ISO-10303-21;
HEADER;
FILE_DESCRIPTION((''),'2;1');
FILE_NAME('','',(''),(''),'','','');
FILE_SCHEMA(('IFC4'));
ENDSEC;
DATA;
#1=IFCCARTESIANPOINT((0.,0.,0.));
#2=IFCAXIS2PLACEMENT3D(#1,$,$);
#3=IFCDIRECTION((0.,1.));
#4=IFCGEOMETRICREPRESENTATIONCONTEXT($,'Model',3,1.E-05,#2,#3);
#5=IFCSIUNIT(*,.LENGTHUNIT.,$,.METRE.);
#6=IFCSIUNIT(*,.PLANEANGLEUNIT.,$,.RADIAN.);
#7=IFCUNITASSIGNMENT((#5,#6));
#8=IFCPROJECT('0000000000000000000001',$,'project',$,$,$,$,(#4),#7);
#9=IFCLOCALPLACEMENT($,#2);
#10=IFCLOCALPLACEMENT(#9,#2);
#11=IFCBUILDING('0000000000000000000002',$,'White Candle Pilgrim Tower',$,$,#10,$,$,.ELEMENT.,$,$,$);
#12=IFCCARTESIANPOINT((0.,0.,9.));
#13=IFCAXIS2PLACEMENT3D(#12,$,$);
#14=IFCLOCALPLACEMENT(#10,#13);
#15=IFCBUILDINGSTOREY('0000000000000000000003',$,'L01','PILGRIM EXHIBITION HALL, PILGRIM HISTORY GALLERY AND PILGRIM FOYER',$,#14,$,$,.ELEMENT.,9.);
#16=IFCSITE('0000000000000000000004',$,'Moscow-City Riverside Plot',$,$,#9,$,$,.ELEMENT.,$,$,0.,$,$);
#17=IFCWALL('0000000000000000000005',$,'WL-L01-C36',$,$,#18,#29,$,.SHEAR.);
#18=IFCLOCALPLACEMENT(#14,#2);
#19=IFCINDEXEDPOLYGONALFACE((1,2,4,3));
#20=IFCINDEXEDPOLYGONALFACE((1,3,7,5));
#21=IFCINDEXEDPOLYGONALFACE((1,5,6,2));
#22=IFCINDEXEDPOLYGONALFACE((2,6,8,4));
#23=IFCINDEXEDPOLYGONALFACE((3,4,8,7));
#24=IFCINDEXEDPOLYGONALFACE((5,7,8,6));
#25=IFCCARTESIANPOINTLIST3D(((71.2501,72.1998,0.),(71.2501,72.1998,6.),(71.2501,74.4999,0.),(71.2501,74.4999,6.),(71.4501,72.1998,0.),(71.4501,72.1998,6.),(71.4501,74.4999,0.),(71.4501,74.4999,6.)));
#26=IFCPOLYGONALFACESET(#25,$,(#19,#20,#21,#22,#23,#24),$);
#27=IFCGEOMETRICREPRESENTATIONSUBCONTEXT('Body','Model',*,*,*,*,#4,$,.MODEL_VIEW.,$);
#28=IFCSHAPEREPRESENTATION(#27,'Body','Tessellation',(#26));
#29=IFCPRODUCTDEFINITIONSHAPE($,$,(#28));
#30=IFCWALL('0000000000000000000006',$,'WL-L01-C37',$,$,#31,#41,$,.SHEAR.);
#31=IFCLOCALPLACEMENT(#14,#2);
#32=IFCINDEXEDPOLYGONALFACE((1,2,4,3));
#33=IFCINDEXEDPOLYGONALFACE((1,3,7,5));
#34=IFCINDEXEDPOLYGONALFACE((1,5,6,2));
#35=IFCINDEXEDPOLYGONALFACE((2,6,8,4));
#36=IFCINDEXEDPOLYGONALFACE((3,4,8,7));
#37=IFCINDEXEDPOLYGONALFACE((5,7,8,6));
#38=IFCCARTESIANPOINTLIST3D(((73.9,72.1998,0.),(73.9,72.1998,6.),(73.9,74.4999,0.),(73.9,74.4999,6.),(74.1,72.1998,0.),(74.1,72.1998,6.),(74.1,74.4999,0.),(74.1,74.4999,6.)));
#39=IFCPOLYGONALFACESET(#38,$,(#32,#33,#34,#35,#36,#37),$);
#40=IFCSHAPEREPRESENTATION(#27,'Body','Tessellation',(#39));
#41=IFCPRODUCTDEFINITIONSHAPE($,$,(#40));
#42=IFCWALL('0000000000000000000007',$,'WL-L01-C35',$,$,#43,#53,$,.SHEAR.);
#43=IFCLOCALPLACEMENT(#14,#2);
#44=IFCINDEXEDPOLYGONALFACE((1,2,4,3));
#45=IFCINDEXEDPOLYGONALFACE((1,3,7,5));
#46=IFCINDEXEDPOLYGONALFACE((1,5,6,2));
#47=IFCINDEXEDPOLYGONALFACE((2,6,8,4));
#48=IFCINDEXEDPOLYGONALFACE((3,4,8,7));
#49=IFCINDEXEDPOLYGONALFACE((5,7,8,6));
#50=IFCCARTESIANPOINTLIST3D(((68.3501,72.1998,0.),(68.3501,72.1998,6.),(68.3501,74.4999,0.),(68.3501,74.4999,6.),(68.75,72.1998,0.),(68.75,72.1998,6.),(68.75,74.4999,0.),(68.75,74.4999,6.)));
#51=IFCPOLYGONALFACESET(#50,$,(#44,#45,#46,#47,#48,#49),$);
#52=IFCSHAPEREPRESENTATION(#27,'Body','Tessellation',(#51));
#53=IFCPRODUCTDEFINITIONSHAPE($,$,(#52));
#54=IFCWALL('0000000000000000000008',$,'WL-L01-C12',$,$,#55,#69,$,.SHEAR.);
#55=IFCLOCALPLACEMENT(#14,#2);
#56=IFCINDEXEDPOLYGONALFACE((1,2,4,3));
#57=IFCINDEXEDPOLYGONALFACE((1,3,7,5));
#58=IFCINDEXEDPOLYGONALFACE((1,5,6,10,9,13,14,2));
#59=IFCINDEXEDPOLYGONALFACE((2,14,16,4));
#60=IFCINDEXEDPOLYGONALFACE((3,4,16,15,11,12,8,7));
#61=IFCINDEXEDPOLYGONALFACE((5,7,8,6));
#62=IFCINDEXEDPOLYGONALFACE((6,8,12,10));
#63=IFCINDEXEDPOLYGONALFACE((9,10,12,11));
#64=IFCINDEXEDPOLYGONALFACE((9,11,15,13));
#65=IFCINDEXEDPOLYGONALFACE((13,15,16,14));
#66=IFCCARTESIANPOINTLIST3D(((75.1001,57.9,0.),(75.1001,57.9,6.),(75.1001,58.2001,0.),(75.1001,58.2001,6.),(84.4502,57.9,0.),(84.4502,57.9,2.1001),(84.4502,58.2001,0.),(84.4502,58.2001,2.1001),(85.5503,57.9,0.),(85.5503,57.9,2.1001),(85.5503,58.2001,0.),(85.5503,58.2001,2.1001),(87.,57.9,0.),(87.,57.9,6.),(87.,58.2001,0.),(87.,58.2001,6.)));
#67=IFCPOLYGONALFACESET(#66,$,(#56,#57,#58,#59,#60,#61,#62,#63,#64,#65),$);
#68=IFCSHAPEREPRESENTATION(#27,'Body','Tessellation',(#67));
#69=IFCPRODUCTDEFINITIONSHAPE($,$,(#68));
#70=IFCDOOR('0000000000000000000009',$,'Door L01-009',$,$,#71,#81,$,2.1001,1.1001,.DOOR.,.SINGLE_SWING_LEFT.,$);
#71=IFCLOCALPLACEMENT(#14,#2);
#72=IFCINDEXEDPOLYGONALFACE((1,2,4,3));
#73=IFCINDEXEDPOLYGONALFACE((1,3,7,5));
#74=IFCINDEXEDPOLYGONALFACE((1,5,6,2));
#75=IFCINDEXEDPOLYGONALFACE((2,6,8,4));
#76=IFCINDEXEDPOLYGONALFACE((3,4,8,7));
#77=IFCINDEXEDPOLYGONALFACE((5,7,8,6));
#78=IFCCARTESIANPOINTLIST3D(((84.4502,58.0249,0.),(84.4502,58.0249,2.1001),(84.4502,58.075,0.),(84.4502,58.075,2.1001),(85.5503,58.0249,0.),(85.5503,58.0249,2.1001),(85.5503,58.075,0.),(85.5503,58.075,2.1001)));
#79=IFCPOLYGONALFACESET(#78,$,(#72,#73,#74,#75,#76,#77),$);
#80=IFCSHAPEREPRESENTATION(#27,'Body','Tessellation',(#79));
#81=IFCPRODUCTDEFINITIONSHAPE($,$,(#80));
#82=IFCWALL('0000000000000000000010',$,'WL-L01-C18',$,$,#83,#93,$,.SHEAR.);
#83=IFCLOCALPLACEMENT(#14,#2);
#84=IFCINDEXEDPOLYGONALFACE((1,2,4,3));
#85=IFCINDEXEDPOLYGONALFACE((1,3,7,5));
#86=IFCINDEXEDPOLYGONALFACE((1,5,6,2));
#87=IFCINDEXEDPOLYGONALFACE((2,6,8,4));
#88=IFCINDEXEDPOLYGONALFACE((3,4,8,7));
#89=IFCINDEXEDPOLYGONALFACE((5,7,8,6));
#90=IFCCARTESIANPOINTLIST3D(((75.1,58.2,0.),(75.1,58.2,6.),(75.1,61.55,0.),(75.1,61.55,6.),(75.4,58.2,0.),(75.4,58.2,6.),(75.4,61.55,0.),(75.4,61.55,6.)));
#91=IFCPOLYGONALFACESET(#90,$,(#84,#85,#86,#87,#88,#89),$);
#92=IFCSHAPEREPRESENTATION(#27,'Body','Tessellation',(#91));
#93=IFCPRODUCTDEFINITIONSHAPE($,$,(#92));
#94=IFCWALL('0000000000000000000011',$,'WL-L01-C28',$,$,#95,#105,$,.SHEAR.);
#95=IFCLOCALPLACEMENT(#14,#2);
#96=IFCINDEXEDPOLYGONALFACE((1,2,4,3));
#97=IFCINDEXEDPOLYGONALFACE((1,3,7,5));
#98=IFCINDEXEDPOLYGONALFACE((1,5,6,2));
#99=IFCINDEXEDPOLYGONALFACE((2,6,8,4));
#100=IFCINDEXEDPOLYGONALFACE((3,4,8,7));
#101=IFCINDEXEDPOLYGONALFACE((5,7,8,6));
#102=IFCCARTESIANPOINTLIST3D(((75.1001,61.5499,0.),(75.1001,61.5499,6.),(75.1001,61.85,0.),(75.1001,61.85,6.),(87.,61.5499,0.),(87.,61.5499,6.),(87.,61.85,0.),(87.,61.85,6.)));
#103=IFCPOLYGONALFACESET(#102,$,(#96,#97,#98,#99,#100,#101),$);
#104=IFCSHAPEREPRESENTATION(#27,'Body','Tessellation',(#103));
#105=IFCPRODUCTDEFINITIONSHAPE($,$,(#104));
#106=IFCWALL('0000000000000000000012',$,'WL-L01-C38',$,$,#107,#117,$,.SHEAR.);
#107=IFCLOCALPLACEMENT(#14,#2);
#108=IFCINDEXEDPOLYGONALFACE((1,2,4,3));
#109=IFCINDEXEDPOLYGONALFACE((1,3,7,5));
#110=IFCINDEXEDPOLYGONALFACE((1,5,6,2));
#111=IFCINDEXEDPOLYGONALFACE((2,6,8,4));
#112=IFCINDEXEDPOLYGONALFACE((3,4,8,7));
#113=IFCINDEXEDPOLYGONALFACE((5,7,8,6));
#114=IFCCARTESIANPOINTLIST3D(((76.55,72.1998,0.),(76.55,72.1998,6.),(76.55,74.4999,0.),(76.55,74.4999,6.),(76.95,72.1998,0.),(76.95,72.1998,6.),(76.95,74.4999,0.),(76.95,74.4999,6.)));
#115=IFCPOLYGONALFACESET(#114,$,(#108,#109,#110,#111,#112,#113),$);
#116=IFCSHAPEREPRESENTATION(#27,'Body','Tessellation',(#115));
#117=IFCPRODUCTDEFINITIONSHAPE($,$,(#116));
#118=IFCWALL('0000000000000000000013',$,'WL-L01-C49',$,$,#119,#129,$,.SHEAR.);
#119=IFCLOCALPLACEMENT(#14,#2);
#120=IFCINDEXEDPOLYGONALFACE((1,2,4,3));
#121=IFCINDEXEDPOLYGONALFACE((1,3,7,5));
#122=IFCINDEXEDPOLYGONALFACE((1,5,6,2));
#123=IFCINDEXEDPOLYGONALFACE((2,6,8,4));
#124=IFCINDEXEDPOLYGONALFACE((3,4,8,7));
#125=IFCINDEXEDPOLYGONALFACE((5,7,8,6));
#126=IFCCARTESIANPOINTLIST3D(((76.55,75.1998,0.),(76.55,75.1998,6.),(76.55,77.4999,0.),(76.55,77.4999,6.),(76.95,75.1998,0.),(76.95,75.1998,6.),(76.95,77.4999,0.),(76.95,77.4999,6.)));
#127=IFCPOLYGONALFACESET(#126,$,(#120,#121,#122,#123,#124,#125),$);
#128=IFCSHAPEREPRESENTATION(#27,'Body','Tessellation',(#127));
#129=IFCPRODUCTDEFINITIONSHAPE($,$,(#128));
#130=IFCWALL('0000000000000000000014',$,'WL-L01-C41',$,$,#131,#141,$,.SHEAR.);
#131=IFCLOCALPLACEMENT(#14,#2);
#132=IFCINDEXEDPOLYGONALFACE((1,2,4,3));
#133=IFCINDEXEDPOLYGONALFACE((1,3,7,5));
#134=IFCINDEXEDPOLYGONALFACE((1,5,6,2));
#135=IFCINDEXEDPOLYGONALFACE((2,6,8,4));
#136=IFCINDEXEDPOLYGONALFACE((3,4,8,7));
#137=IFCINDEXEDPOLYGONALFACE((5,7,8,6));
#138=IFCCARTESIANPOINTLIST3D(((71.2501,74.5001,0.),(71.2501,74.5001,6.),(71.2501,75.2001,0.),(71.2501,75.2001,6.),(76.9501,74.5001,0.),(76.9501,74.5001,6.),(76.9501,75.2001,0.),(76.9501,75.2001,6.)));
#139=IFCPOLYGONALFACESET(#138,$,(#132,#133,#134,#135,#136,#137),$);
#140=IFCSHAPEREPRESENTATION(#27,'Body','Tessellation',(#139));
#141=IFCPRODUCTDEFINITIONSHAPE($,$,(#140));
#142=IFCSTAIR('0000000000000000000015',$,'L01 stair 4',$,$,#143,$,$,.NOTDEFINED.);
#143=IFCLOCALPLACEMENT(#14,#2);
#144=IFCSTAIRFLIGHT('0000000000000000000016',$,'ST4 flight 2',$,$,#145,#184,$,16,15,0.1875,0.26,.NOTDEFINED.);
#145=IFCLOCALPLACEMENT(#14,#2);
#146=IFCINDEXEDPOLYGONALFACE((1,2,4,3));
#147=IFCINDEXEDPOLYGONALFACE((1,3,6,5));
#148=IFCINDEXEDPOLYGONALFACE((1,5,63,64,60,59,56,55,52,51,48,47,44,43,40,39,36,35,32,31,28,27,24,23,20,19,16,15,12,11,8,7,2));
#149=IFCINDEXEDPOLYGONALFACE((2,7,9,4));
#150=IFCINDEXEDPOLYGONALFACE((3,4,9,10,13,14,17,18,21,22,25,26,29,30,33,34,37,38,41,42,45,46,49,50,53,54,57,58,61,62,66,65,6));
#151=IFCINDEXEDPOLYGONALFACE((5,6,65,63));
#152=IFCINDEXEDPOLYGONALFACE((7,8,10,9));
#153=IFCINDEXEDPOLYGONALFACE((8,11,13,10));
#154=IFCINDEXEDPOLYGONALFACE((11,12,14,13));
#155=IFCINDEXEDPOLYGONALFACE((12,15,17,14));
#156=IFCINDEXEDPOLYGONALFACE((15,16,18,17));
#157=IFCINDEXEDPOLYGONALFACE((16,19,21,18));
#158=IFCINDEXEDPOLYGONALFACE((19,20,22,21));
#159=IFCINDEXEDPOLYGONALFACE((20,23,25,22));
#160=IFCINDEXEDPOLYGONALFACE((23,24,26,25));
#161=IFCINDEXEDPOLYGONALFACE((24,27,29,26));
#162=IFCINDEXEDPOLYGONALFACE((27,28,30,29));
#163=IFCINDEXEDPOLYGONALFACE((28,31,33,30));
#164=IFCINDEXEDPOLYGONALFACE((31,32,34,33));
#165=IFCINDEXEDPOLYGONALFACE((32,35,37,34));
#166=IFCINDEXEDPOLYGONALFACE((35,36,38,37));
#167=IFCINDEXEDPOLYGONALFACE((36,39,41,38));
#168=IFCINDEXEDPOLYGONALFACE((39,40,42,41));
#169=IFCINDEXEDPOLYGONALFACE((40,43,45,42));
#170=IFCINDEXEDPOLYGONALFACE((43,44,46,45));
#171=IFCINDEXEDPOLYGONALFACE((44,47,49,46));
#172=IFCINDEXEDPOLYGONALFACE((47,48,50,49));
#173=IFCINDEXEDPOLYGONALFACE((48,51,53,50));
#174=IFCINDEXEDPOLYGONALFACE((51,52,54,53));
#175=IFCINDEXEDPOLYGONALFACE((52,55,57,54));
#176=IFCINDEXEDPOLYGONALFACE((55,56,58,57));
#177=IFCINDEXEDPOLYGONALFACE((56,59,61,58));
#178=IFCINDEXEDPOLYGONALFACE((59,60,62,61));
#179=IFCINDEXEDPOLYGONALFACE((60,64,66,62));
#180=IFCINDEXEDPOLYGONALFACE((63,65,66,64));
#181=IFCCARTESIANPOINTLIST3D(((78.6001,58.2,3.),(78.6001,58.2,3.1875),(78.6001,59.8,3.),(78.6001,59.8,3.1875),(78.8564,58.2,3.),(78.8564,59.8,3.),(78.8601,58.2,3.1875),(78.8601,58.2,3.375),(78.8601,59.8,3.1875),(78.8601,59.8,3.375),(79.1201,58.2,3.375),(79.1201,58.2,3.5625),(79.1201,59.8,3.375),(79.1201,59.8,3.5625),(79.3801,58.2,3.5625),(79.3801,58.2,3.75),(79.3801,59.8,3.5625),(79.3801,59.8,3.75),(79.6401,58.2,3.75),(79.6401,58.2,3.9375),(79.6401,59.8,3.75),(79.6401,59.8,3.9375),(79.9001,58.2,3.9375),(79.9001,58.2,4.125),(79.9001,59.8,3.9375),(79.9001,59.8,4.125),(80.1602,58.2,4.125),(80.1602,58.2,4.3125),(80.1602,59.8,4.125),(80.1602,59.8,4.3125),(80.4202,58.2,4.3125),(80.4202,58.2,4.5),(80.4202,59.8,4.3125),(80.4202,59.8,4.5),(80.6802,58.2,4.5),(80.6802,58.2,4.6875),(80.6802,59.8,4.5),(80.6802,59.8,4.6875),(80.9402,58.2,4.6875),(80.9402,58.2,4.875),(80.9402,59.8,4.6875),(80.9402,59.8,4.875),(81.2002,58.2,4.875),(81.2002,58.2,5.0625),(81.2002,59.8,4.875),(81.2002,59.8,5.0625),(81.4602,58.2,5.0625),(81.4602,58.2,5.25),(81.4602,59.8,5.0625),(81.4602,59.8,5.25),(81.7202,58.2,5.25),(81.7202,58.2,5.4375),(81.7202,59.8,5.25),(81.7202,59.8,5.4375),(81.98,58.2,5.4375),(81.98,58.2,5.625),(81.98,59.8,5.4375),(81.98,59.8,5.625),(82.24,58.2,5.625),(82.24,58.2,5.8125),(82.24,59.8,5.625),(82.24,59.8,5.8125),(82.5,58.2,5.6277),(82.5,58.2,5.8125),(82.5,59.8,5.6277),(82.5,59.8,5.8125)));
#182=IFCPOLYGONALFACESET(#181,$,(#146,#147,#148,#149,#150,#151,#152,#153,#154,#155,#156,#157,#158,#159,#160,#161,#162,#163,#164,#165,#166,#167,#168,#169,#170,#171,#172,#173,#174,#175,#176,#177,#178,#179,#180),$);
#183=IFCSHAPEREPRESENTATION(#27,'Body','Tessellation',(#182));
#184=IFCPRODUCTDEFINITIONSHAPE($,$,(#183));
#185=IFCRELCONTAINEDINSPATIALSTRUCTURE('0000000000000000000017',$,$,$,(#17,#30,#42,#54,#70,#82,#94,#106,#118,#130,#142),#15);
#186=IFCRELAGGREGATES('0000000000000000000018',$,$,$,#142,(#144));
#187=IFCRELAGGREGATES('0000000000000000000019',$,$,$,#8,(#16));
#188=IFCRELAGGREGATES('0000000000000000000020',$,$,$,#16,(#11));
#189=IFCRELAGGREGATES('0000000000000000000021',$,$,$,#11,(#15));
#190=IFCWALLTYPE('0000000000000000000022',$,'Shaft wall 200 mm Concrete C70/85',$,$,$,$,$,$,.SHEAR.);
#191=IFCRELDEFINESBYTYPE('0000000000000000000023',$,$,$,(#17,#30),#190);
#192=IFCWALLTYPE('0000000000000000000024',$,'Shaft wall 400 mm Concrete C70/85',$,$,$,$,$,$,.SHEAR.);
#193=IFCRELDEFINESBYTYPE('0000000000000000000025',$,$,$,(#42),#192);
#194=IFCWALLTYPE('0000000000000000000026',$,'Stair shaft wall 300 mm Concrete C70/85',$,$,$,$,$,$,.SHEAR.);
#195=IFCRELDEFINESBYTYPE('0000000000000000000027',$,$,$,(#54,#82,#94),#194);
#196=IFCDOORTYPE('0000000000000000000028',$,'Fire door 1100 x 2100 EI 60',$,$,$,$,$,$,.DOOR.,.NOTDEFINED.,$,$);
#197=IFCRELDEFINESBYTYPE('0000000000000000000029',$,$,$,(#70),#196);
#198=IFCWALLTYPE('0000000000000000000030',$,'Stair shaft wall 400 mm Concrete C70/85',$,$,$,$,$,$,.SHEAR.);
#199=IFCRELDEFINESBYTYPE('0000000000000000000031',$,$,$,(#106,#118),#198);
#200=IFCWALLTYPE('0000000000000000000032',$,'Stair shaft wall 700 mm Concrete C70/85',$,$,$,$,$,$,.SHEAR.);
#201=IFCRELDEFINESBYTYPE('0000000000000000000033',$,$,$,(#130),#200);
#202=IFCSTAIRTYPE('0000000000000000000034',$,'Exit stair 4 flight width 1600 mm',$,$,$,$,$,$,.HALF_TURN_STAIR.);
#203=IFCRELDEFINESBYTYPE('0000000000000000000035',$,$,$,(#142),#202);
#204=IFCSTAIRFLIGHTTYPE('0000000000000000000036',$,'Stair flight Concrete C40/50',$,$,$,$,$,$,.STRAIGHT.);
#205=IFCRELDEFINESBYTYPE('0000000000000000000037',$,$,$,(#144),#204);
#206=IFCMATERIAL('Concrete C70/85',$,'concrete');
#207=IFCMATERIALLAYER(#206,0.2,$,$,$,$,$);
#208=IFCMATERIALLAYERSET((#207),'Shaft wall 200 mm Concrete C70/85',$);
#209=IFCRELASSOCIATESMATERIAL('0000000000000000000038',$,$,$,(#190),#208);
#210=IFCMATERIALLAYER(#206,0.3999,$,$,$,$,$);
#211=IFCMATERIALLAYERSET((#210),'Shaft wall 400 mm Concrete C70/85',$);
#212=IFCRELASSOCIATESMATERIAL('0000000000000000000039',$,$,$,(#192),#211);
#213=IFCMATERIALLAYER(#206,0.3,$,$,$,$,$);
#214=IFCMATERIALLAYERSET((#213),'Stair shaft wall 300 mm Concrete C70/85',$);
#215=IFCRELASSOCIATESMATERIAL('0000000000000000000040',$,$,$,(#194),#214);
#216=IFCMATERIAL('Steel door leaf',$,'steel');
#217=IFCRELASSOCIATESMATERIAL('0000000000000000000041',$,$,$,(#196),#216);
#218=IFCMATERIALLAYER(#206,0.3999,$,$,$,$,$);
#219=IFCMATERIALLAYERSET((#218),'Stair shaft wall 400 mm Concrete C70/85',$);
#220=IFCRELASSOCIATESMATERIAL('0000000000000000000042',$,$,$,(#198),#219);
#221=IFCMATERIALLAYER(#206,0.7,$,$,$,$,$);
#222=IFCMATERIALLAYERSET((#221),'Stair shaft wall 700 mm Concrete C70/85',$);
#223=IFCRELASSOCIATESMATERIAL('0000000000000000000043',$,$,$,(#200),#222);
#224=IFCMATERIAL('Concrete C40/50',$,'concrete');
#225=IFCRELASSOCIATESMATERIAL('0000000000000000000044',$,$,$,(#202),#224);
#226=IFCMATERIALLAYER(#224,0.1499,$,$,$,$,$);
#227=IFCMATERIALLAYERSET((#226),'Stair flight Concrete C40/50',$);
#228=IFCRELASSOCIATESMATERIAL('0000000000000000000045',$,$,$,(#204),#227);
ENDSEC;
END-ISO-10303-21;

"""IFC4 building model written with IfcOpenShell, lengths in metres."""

from ifc_helpers import new_model, si_unit, direction, frame, frame_2d, origin, place, context, subcontext, project, spatial, polyline, rectangle, outline, extrude, material, layer, layer_set, type_object, element, fill, aggregate, save


model = new_model("IFC4")

# Units and contexts
model_context = context("Model", 3, precision=1e-05, world=origin(), true_north=direction((0.0, 1.0)))
body_context = subcontext(model_context, "Body", "Model", "MODEL_VIEW")
ifc_project = project(units=[si_unit("LENGTHUNIT", "METRE"), si_unit("PLANEANGLEUNIT", "RADIAN")], contexts=[model_context])

# Site, building, storey
site_placement = place(None, origin())
site = spatial("IfcSite", under=ifc_project, at=site_placement, Name="Moscow-City Riverside Plot", CompositionType="ELEMENT", RefElevation=0.0)
building_placement = place(site_placement, origin())
building = spatial("IfcBuilding", under=site, at=building_placement, Name="White Candle Pilgrim Tower", CompositionType="ELEMENT")
storey_placement = place(building_placement, frame((0.0, 0.0, 9.0)))
storey = spatial("IfcBuildingStorey", under=building, at=storey_placement, Name="L01", Description="PILGRIM EXHIBITION HALL, PILGRIM HISTORY GALLERY AND PILGRIM FOYER", CompositionType="ELEMENT", Elevation=9.0)

# Shared definitions
ifc_material_1 = material(Name="Steel door leaf", Category="steel")

# Walls
ifc_material_2 = material(Name="Concrete C70/85", Category="concrete")
ifc_layer_1 = layer(ifc_material_2, 0.2)
ifc_layer_set_1 = layer_set([ifc_layer_1], Name="Shaft wall 200 mm Concrete C70/85")
wall_type_1 = type_object("IfcWallType", Name="Shaft wall 200 mm Concrete C70/85", PredefinedType="SHEAR", material=ifc_layer_set_1)
for number, where, z_axis, x_axis, name in (
    (1, (71.3501, 72.2, 0.0), (0.0, 0.0, 1.0), (0.0, 1.0, 0.0), "WL-L01-C36"),
    (2, (74.0, 72.2, 0.0), (0.0, 0.0, 1.0), (0.0, 1.0, 0.0), "WL-L01-C37"),
):
    element("IfcWall", number, at=place(storey_placement, frame(where, z_axis=z_axis, x_axis=x_axis)), inside=storey, type_object=wall_type_1, Name=name, PredefinedType="SHEAR", context=body_context, shape_type="SweptSolid", body=[
        extrude(rectangle(XDim=2.3, YDim=0.2, at=frame_2d((1.1499, 0.0))), origin(), (0.0, 0.0, 1.0), 6.0),
    ])
ifc_layer_2 = layer(ifc_material_2, 0.3999)
ifc_layer_set_2 = layer_set([ifc_layer_2], Name="Shaft wall 400 mm Concrete C70/85")
wall_type_2 = type_object("IfcWallType", Name="Shaft wall 400 mm Concrete C70/85", PredefinedType="SHEAR", material=ifc_layer_set_2)
wall_1_placement = place(storey_placement, frame((68.55, 72.2, 0.0), z_axis=(0.0, 0.0, 1.0), x_axis=(0.0, 1.0, 0.0)))
element("IfcWall", 3, at=wall_1_placement, inside=storey, type_object=wall_type_2, Name="WL-L01-C35", PredefinedType="SHEAR", context=body_context, shape_type="SweptSolid", body=[
    extrude(rectangle(XDim=2.3, YDim=0.3999, at=frame_2d((1.1499, 0.0))), origin(), (0.0, 0.0, 1.0), 6.0),
])

# Wall, opening, door
ifc_layer_3 = layer(ifc_material_2, 0.3)
ifc_layer_set_3 = layer_set([ifc_layer_3], Name="Stair shaft wall 300 mm Concrete C70/85")
wall_type_3 = type_object("IfcWallType", Name="Stair shaft wall 300 mm Concrete C70/85", PredefinedType="SHEAR", material=ifc_layer_set_3)
wall_2_placement = place(storey_placement, frame((75.1001, 58.05, 0.0), z_axis=(0.0, 0.0, 1.0), x_axis=(1.0, 0.0, 0.0)))
wall_2 = element("IfcWall", 4, at=wall_2_placement, inside=storey, type_object=wall_type_3, Name="WL-L01-C12", PredefinedType="SHEAR", context=body_context, shape_type="SweptSolid", body=[
    extrude(rectangle(XDim=11.8999, YDim=0.3, at=frame_2d((5.95, 0.0))), origin(), (0.0, 0.0, 1.0), 6.0),
])
opening_1_placement = place(wall_2_placement, frame((9.3501, 0.0, 0.0)))
opening_1 = element("IfcOpeningElement", 5, at=opening_1_placement, cuts=wall_2, PredefinedType="OPENING", context=body_context, shape_type="SweptSolid", body=[
    extrude(rectangle(XDim=1.1001, YDim=2.1001, at=frame_2d((0.55, 1.05))), frame((0.0, 0.1599, 0.0), z_axis=(0.0, -1.0, 0.0), x_axis=(1.0, 0.0, 0.0)), (0.0, 0.0, 1.0), 0.3201),
])
door_type_1 = type_object("IfcDoorType", Name="Fire door 1100 x 2100 EI 60", OperationType="NOTDEFINED", PredefinedType="DOOR", material=ifc_material_1)
door_1_placement = place(opening_1_placement, origin())
door_1 = element("IfcDoor", 6, at=door_1_placement, inside=storey, type_object=door_type_1, Name="Door L01-009", OperationType="SINGLE_SWING_LEFT", OverallHeight=2.1001, OverallWidth=1.1001, PredefinedType="DOOR", context=body_context, shape_type="SweptSolid", body=[
    extrude(rectangle(XDim=1.1001, YDim=2.1001, at=frame_2d((0.55, 1.05))), frame((0.0, 0.0249, 0.0), z_axis=(0.0, -1.0, 0.0), x_axis=(1.0, 0.0, 0.0)), (0.0, 0.0, 1.0), 0.05),
])
fill(opening_1, door_1)

# Walls
wall_3_placement = place(storey_placement, frame((75.25, 58.2, 0.0), z_axis=(0.0, 0.0, 1.0), x_axis=(0.0, 1.0, 0.0)))
element("IfcWall", 7, at=wall_3_placement, inside=storey, type_object=wall_type_3, Name="WL-L01-C18", PredefinedType="SHEAR", context=body_context, shape_type="SweptSolid", body=[
    extrude(rectangle(XDim=3.3501, YDim=0.3, at=frame_2d((1.675, 0.0))), origin(), (0.0, 0.0, 1.0), 6.0),
])
wall_4_placement = place(storey_placement, frame((75.1001, 61.7, 0.0), z_axis=(0.0, 0.0, 1.0), x_axis=(1.0, 0.0, 0.0)))
element("IfcWall", 8, at=wall_4_placement, inside=storey, type_object=wall_type_3, Name="WL-L01-C28", PredefinedType="SHEAR", context=body_context, shape_type="SweptSolid", body=[
    extrude(rectangle(XDim=11.8999, YDim=0.3, at=frame_2d((5.95, 0.0))), origin(), (0.0, 0.0, 1.0), 6.0),
])
ifc_layer_4 = layer(ifc_material_2, 0.3999)
ifc_layer_set_4 = layer_set([ifc_layer_4], Name="Stair shaft wall 400 mm Concrete C70/85")
wall_type_4 = type_object("IfcWallType", Name="Stair shaft wall 400 mm Concrete C70/85", PredefinedType="SHEAR", material=ifc_layer_set_4)
for number, where, z_axis, x_axis, name in (
    (9, (76.75, 72.2, 0.0), (0.0, 0.0, 1.0), (0.0, 1.0, 0.0), "WL-L01-C38"),
    (10, (76.75, 75.2, 0.0), (0.0, 0.0, 1.0), (0.0, 1.0, 0.0), "WL-L01-C49"),
):
    element("IfcWall", number, at=place(storey_placement, frame(where, z_axis=z_axis, x_axis=x_axis)), inside=storey, type_object=wall_type_4, Name=name, PredefinedType="SHEAR", context=body_context, shape_type="SweptSolid", body=[
        extrude(rectangle(XDim=2.3, YDim=0.3999, at=frame_2d((1.1499, 0.0))), origin(), (0.0, 0.0, 1.0), 6.0),
    ])
ifc_layer_5 = layer(ifc_material_2, 0.7)
ifc_layer_set_5 = layer_set([ifc_layer_5], Name="Stair shaft wall 700 mm Concrete C70/85")
wall_type_5 = type_object("IfcWallType", Name="Stair shaft wall 700 mm Concrete C70/85", PredefinedType="SHEAR", material=ifc_layer_set_5)
wall_5_placement = place(storey_placement, frame((71.25, 74.8501, 0.0), z_axis=(0.0, 0.0, 1.0), x_axis=(1.0, 0.0, 0.0)))
element("IfcWall", 11, at=wall_5_placement, inside=storey, type_object=wall_type_5, Name="WL-L01-C41", PredefinedType="SHEAR", context=body_context, shape_type="SweptSolid", body=[
    extrude(rectangle(XDim=5.7, YDim=0.7, at=frame_2d((2.8501, 0.0))), origin(), (0.0, 0.0, 1.0), 6.0),
])

# Stair, stair flight
ifc_material_3 = material(Name="Concrete C40/50", Category="concrete")
stair_type = type_object("IfcStairType", Name="Exit stair 4 flight width 1600 mm", PredefinedType="HALF_TURN_STAIR", material=ifc_material_3)
stair_placement = place(storey_placement, origin())
stair = element("IfcStair", 12, at=stair_placement, inside=storey, type_object=stair_type, Name="L01 stair 4", PredefinedType="NOTDEFINED")
ifc_layer_6 = layer(ifc_material_3, 0.1499)
ifc_layer_set_6 = layer_set([ifc_layer_6], Name="Stair flight Concrete C40/50")
stair_flight_type = type_object("IfcStairFlightType", Name="Stair flight Concrete C40/50", PredefinedType="STRAIGHT", material=ifc_layer_set_6)
stair_flight_placement = place(storey_placement, frame((78.6001, 59.0, 3.0), z_axis=(0.0, 0.0, 1.0), x_axis=(1.0, 0.0, 0.0)))
stair_flight = element("IfcStairFlight", 13, at=stair_flight_placement, type_object=stair_flight_type, Name="ST4 flight 2", NumberOfRisers=16, NumberOfTreads=15, PredefinedType="NOTDEFINED", RiserHeight=0.1875, TreadLength=0.26, context=body_context, shape_type="SweptSolid", body=[
    extrude(outline(polyline([(0.0, 0.0), (0.0, 0.1875), (0.26, 0.1875), (0.26, 0.375), (0.52, 0.375), (0.52, 0.5625), (0.78, 0.5625), (0.78, 0.75), (1.04, 0.75), (1.04, 0.9375), (1.3, 0.9375), (1.3, 1.125), (1.5601, 1.125), (1.5601, 1.3125), (1.8201, 1.3125), (1.8201, 1.5), (2.0801, 1.5), (2.0801, 1.6875), (2.3401, 1.6875), (2.3401, 1.875), (2.6001, 1.875), (2.6001, 2.0625), (2.8601, 2.0625), (2.8601, 2.25), (3.1201, 2.25), (3.1201, 2.4375), (3.3799, 2.4375), (3.3799, 2.625), (3.6399, 2.625), (3.6399, 2.8125), (3.8999, 2.8125), (3.8999, 3.0), (3.8999, 2.6277), (0.2563, 0.0), (0.0, 0.0)])), frame((0.0, 0.8, 0.0), z_axis=(0.0, -1.0, 0.0), x_axis=(1.0, 0.0, 0.0)), (0.0, 0.0, 1.0), 1.6001),
])
aggregate(stair, [stair_flight])

save(model, "model.ifc")
